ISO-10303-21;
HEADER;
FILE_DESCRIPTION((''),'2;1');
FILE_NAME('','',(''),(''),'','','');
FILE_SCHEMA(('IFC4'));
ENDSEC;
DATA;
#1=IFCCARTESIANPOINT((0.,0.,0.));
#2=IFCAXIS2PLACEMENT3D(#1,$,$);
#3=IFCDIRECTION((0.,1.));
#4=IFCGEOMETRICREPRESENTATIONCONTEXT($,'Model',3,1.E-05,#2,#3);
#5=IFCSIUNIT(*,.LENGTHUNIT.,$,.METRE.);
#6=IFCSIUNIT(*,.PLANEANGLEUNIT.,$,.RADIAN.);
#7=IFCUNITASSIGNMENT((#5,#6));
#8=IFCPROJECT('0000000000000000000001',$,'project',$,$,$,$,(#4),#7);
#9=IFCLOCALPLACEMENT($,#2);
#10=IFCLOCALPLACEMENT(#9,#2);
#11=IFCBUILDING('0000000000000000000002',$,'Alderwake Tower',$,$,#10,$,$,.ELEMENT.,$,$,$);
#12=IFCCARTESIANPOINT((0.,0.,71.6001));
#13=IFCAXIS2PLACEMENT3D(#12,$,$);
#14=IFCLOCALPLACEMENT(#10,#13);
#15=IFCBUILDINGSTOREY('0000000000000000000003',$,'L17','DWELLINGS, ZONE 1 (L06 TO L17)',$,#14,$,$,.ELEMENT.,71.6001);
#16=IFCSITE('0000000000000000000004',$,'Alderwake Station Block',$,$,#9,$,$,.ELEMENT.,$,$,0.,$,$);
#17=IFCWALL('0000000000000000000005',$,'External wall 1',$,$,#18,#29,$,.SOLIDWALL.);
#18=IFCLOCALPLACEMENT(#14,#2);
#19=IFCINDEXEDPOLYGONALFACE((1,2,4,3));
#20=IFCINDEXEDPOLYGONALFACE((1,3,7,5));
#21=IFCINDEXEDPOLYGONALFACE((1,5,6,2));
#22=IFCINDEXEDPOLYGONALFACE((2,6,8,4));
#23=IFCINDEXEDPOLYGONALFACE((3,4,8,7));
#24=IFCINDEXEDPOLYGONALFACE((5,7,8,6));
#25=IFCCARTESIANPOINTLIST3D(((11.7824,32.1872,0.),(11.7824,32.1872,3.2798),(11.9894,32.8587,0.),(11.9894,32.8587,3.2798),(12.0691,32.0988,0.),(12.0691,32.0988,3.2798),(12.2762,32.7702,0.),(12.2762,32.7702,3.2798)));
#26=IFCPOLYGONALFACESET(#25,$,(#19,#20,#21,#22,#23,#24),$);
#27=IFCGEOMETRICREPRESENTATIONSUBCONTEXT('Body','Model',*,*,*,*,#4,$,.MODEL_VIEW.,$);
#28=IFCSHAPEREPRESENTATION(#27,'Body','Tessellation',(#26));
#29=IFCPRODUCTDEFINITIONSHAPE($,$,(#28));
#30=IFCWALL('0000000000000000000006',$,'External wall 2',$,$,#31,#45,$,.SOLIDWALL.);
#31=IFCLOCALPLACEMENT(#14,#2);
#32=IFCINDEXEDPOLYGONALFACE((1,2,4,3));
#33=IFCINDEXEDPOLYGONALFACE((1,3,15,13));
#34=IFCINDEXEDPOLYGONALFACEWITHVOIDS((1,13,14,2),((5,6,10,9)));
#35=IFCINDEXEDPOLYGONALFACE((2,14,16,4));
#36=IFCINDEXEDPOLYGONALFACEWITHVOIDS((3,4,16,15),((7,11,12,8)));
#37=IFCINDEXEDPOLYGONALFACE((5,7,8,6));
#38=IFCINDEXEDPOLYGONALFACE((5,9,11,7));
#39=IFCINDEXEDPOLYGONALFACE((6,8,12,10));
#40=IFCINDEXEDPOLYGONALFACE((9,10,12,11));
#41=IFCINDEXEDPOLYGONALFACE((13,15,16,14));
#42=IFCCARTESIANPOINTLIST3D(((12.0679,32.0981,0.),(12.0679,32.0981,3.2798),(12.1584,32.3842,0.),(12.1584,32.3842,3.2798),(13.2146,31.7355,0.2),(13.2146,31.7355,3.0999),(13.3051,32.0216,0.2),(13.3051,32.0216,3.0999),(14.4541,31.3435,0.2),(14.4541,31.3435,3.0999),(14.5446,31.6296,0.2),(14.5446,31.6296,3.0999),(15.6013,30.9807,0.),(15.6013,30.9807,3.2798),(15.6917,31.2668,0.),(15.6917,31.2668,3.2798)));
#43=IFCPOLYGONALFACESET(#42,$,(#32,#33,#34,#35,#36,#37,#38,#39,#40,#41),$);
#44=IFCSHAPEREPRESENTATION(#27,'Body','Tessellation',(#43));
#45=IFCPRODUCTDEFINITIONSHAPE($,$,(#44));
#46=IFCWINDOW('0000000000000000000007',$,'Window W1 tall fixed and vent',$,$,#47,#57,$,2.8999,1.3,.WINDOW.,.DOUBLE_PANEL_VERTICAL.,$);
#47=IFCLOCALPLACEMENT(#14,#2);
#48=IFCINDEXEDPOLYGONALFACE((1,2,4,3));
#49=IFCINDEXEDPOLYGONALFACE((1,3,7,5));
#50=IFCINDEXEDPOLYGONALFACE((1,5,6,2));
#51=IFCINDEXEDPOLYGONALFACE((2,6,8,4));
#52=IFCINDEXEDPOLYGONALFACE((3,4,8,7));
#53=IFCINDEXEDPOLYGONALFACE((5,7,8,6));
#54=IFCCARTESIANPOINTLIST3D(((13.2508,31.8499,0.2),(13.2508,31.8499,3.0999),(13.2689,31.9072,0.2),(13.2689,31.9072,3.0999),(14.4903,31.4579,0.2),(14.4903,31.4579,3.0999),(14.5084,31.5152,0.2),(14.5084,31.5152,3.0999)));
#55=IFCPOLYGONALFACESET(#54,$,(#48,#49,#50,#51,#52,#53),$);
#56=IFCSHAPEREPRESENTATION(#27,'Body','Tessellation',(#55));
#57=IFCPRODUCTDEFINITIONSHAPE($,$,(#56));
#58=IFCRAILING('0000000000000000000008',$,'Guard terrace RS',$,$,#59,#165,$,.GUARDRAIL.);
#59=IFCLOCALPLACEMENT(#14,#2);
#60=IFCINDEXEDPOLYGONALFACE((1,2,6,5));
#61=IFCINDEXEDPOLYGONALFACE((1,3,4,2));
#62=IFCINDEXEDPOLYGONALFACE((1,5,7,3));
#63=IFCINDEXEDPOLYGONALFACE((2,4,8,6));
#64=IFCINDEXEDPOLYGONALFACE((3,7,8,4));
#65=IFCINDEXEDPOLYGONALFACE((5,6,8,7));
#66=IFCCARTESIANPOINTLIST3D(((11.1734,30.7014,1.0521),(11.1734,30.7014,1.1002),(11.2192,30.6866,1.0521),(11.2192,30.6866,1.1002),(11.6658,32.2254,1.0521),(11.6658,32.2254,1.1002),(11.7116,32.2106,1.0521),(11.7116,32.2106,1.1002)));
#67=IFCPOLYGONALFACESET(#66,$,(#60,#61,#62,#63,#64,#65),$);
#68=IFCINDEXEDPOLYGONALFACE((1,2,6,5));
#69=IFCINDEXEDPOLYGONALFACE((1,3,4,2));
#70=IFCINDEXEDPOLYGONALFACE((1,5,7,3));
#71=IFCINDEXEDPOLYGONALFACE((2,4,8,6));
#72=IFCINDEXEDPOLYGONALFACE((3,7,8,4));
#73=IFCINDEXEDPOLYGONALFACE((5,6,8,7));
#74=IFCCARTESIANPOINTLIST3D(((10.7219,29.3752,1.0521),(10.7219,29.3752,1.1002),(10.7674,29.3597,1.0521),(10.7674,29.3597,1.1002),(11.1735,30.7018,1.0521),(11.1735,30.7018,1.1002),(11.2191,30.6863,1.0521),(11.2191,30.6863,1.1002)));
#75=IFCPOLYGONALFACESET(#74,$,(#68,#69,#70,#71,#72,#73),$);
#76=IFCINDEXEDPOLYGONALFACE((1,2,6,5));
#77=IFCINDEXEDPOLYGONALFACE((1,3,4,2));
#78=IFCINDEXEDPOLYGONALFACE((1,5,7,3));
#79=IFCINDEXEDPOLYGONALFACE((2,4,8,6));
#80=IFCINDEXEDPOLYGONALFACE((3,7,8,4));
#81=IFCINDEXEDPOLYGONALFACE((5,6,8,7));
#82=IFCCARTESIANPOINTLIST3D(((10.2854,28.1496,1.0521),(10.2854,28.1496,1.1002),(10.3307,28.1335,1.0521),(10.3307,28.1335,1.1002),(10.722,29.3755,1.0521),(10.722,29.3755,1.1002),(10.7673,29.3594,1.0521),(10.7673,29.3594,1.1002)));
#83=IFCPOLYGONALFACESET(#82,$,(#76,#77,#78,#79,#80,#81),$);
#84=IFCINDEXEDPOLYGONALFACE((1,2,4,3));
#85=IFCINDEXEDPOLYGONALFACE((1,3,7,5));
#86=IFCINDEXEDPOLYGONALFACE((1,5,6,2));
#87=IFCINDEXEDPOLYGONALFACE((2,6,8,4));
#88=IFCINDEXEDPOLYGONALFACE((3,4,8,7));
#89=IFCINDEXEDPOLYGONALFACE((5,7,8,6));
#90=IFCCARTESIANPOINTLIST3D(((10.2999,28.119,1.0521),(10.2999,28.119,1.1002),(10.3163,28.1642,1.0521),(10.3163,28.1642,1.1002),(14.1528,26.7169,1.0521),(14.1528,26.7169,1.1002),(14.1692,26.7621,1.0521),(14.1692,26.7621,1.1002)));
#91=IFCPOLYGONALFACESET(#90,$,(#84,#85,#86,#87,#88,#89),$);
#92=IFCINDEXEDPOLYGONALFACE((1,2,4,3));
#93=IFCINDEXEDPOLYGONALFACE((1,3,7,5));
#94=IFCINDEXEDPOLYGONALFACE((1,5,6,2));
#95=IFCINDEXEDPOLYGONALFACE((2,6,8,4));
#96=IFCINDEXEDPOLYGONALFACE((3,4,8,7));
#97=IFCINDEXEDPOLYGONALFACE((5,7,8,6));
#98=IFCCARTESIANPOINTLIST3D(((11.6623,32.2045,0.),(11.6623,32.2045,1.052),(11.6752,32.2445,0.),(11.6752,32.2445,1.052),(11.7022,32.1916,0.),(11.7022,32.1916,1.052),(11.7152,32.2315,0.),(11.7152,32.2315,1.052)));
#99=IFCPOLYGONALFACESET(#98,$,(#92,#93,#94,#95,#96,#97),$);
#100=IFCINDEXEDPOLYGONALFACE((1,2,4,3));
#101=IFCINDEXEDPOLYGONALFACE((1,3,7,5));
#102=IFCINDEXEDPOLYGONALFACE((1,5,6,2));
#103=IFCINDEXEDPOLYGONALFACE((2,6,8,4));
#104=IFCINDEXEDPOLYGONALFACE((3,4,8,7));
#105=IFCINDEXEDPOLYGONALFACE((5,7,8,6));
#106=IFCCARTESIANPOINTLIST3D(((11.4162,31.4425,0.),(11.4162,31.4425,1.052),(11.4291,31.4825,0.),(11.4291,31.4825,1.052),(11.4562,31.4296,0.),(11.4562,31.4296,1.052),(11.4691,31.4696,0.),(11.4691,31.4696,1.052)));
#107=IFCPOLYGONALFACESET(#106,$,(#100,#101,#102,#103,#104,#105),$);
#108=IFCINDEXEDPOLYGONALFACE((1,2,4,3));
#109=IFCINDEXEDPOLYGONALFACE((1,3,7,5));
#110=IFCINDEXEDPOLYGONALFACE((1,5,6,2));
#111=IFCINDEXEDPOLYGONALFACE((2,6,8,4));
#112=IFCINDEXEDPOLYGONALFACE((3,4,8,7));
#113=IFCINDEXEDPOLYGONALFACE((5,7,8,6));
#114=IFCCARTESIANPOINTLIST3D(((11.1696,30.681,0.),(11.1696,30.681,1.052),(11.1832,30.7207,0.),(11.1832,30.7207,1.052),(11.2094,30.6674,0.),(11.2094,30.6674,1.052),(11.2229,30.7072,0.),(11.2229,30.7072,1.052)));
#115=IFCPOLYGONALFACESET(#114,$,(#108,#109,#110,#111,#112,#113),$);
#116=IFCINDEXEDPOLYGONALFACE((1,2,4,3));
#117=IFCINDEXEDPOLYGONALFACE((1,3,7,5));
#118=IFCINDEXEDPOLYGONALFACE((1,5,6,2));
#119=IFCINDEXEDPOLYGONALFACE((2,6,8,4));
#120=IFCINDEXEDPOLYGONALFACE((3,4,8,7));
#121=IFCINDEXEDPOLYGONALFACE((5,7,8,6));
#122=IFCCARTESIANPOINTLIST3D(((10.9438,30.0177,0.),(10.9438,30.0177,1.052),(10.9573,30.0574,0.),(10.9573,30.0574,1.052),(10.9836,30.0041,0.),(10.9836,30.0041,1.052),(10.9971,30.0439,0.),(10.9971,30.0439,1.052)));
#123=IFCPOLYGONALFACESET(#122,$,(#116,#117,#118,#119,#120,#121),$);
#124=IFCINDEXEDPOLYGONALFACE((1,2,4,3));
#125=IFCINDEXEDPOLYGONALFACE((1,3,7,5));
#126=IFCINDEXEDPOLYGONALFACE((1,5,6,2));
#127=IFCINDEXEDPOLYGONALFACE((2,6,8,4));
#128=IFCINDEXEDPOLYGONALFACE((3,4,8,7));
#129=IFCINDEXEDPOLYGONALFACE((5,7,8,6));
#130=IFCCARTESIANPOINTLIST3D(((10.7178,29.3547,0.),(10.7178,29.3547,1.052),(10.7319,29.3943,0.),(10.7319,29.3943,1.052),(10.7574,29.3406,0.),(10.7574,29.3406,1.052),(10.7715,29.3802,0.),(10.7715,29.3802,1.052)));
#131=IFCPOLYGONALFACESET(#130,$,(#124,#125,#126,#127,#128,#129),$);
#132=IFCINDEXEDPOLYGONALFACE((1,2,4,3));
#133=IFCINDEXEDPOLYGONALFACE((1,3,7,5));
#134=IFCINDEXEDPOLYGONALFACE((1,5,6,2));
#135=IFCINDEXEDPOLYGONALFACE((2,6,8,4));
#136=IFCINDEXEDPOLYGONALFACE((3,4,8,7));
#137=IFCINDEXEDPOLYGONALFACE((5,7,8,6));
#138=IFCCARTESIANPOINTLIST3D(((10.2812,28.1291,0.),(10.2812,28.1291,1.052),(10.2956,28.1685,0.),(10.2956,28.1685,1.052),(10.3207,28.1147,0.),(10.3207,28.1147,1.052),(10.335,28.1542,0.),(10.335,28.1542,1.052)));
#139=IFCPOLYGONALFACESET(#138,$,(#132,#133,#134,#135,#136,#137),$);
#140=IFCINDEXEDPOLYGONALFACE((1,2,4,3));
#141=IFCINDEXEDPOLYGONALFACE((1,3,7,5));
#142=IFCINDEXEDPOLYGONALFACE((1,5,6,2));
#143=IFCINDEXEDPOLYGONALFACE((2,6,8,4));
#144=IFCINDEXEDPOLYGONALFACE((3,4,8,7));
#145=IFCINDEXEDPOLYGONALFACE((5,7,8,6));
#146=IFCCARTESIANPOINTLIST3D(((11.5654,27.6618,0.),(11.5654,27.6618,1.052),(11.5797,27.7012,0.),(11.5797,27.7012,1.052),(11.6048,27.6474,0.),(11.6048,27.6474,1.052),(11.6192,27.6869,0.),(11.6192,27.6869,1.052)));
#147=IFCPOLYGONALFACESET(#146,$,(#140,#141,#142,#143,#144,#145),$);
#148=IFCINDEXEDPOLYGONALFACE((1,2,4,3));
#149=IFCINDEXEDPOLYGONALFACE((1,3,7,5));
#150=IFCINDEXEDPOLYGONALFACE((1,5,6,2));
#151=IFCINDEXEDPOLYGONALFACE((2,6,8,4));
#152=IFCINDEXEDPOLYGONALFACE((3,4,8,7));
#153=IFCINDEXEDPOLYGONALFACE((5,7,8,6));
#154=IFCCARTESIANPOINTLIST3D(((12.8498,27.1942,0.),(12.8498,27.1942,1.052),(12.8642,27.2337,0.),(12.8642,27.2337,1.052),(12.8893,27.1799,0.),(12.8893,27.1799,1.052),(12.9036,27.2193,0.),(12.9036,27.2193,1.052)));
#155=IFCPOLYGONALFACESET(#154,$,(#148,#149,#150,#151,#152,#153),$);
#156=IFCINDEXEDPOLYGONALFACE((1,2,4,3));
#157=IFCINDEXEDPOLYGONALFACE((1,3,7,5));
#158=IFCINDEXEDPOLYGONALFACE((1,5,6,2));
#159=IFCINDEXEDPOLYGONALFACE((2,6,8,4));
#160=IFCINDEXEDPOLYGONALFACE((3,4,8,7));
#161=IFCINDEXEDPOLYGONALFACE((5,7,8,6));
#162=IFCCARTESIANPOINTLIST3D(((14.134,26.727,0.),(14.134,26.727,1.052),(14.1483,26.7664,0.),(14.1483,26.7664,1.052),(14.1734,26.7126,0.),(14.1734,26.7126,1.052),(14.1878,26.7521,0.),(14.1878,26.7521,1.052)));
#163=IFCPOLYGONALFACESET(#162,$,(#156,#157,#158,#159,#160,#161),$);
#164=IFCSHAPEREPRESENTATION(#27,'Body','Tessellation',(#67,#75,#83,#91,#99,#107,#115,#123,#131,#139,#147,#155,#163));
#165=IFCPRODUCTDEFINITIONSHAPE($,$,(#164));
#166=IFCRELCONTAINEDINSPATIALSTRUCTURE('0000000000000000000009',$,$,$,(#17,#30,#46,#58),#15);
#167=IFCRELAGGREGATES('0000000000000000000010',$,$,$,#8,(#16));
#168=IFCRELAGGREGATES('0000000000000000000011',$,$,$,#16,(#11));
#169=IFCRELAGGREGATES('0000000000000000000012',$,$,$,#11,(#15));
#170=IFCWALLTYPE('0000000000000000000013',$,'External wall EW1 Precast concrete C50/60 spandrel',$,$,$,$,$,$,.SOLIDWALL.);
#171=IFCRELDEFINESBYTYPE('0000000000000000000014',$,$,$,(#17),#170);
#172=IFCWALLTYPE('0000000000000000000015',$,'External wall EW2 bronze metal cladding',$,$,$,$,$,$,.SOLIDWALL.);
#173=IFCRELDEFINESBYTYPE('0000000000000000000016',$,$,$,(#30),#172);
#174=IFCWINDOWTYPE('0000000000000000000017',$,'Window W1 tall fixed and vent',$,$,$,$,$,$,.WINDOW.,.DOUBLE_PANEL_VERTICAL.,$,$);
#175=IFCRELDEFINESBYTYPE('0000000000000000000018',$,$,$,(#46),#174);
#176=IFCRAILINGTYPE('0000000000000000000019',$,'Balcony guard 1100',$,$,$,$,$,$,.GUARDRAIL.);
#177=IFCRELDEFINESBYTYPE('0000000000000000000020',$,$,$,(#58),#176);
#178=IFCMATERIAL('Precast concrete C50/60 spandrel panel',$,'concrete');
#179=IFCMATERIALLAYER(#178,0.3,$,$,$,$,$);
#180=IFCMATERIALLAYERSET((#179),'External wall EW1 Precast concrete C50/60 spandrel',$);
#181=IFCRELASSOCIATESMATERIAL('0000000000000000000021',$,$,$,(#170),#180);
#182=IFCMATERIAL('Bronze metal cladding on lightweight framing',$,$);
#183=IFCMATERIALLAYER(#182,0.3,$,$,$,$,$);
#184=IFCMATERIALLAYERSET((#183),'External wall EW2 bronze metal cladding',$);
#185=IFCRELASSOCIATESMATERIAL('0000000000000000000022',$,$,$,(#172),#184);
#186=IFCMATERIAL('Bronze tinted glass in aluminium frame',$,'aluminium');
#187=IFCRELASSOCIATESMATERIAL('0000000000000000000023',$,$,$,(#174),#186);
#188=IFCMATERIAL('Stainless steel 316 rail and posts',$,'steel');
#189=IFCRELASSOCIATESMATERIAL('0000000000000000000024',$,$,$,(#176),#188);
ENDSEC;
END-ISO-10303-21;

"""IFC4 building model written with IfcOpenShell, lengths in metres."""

from ifc_helpers import new_model, si_unit, direction, frame, frame_2d, origin, origin_2d, place, context, subcontext, project, spatial, rectangle, extrude, material, layer, layer_set, type_object, element, fill, save


model = new_model("IFC4")

# Units and contexts
model_context = context("Model", 3, precision=1e-05, world=origin(), true_north=direction((0.0, 1.0)))
body_context = subcontext(model_context, "Body", "Model", "MODEL_VIEW")
ifc_project = project(units=[si_unit("LENGTHUNIT", "METRE"), si_unit("PLANEANGLEUNIT", "RADIAN")], contexts=[model_context])

# Site, building, storey
site_placement = place(None, origin())
site = spatial("IfcSite", under=ifc_project, at=site_placement, Name="Alderwake Station Block", CompositionType="ELEMENT", RefElevation=0.0)
building_placement = place(site_placement, origin())
building = spatial("IfcBuilding", under=site, at=building_placement, Name="Alderwake Tower", CompositionType="ELEMENT")
storey_placement = place(building_placement, frame((0.0, 0.0, 71.6001)))
storey = spatial("IfcBuildingStorey", under=building, at=storey_placement, Name="L17", Description="DWELLINGS, ZONE 1 (L06 TO L17)", CompositionType="ELEMENT", Elevation=71.6001)

# Wall
ifc_material_1 = material(Name="Precast concrete C50/60 spandrel panel", Category="concrete")
ifc_layer_1 = layer(ifc_material_1, 0.3)
ifc_layer_set_1 = layer_set([ifc_layer_1], Name="External wall EW1 Precast concrete C50/60 spandrel")
wall_type_1 = type_object("IfcWallType", Name="External wall EW1 Precast concrete C50/60 spandrel", PredefinedType="SOLIDWALL", material=ifc_layer_set_1)
wall_1_placement = place(storey_placement, frame((12.1328, 32.8145, 0.0), z_axis=(0.0, 0.0, 1.0), x_axis=(-0.294672, -0.955599, 0.0)))
element("IfcWall", 1, at=wall_1_placement, inside=storey, type_object=wall_type_1, Name="External wall 1", PredefinedType="SOLIDWALL", context=body_context, shape_type="SweptSolid", body=[
    extrude(rectangle(XDim=0.7026, YDim=0.3, at=frame_2d((0.3513, 0.0))), origin(), (0.0, 0.0, 1.0), 3.2798),
])

# Wall, opening, window
ifc_material_2 = material(Name="Bronze metal cladding on lightweight framing")
ifc_layer_2 = layer(ifc_material_2, 0.3)
ifc_layer_set_2 = layer_set([ifc_layer_2], Name="External wall EW2 bronze metal cladding")
wall_type_2 = type_object("IfcWallType", Name="External wall EW2 bronze metal cladding", PredefinedType="SOLIDWALL", material=ifc_layer_set_2)
wall_2_placement = place(storey_placement, frame((12.113, 32.2412, 0.0), z_axis=(0.0, 0.0, 1.0), x_axis=(0.953458, -0.301525, 0.0)))
wall_2 = element("IfcWall", 2, at=wall_2_placement, inside=storey, type_object=wall_type_2, Name="External wall 2", PredefinedType="SOLIDWALL", context=body_context, shape_type="SweptSolid", body=[
    extrude(rectangle(XDim=3.7058, YDim=0.3, at=frame_2d((1.853, 0.0))), origin(), (0.0, 0.0, 1.0), 3.2798),
])
opening_placement = place(wall_2_placement, frame((1.2029, 0.0, 0.2)))
opening = element("IfcOpeningElement", 3, at=opening_placement, cuts=wall_2, PredefinedType="OPENING", context=body_context, shape_type="SweptSolid", body=[
    extrude(rectangle(XDim=1.3, YDim=2.8999, at=frame_2d((0.6499, 1.45))), frame((0.0, 0.1599, 0.0), z_axis=(0.0, -1.0, 0.0), x_axis=(1.0, 0.0, 0.0)), (0.0, 0.0, 1.0), 0.3201),
])
ifc_material_3 = material(Name="Bronze tinted glass in aluminium frame", Category="aluminium")
window_type = type_object("IfcWindowType", Name="Window W1 tall fixed and vent", PartitioningType="DOUBLE_PANEL_VERTICAL", PredefinedType="WINDOW", material=ifc_material_3)
window_placement = place(opening_placement, origin())
window = element("IfcWindow", 4, at=window_placement, inside=storey, type_object=window_type, Name="Window W1 tall fixed and vent", OverallHeight=2.8999, OverallWidth=1.3, PartitioningType="DOUBLE_PANEL_VERTICAL", PredefinedType="WINDOW", context=body_context, shape_type="SweptSolid", body=[
    extrude(rectangle(XDim=1.3, YDim=2.8999, at=frame_2d((0.6499, 1.45))), frame((0.0, 0.03, 0.0), z_axis=(0.0, -1.0, 0.0), x_axis=(1.0, 0.0, 0.0)), (0.0, 0.0, 1.0), 0.0601),
])
fill(opening, window)

# Railing
ifc_material_4 = material(Name="Stainless steel 316 rail and posts", Category="steel")
railing_type = type_object("IfcRailingType", Name="Balcony guard 1100", PredefinedType="GUARDRAIL", material=ifc_material_4)
railing_placement = place(storey_placement, frame((11.6887, 32.218, 0.0)))
element("IfcRailing", 5, at=railing_placement, inside=storey, type_object=railing_type, Name="Guard terrace RS", PredefinedType="GUARDRAIL", context=body_context, shape_type="SweptSolid", body=[
    extrude(rectangle(XDim=0.0481, YDim=0.0481, at=origin_2d()), frame((0.0, 0.0, 1.0762), z_axis=(-0.307479, -0.951555, 0.0), x_axis=(0.951555, -0.307479, 0.0)), (0.0, 0.0, 1.0), 1.6016),
    extrude(rectangle(XDim=0.0481, YDim=0.0481, at=origin_2d()), frame((-0.4924, -1.5239, 1.0762), z_axis=(-0.322284, -0.946643, 0.0), x_axis=(0.946643, -0.322284, 0.0)), (0.0, 0.0, 1.0), 1.4014),
    extrude(rectangle(XDim=0.0481, YDim=0.0481, at=origin_2d()), frame((-0.9441, -2.8506, 1.0762), z_axis=(-0.335469, -0.942051, 0.0), x_axis=(0.942051, -0.335469, 0.0)), (0.0, 0.0, 1.0), 1.3013),
    extrude(rectangle(XDim=0.0481, YDim=0.0481, at=origin_2d()), frame((-1.3806, -4.0764, 1.0762), z_axis=(0.939708, -0.341977, 0.0), x_axis=(0.341977, 0.939708, 0.0)), (0.0, 0.0, 1.0), 4.1001),
    extrude(rectangle(XDim=0.042, YDim=0.042, at=origin_2d()), frame((0.0, 0.0, 0.0), z_axis=(0.0, 0.0, 1.0), x_axis=(-0.307479, -0.951555, 0.0)), (0.0, 0.0, 1.0), 1.052),
    extrude(rectangle(XDim=0.042, YDim=0.042, at=origin_2d()), frame((-0.2461, -0.762, 0.0), z_axis=(0.0, 0.0, 1.0), x_axis=(-0.307479, -0.951555, 0.0)), (0.0, 0.0, 1.0), 1.052),
    extrude(rectangle(XDim=0.042, YDim=0.042, at=origin_2d()), frame((-0.4924, -1.5239, 0.0), z_axis=(0.0, 0.0, 1.0), x_axis=(-0.322284, -0.946643, 0.0)), (0.0, 0.0, 1.0), 1.052),
    extrude(rectangle(XDim=0.042, YDim=0.042, at=origin_2d()), frame((-0.7183, -2.1873, 0.0), z_axis=(0.0, 0.0, 1.0), x_axis=(-0.322284, -0.946643, 0.0)), (0.0, 0.0, 1.0), 1.052),
    extrude(rectangle(XDim=0.042, YDim=0.042, at=origin_2d()), frame((-0.9441, -2.8506, 0.0), z_axis=(0.0, 0.0, 1.0), x_axis=(-0.335469, -0.942051, 0.0)), (0.0, 0.0, 1.0), 1.052),
    extrude(rectangle(XDim=0.042, YDim=0.042, at=origin_2d()), frame((-1.3806, -4.0764, 0.0), z_axis=(0.0, 0.0, 1.0), x_axis=(0.939708, -0.341977, 0.0)), (0.0, 0.0, 1.0), 1.052),
    extrude(rectangle(XDim=0.042, YDim=0.042, at=origin_2d()), frame((-0.0964, -4.5437, 0.0), z_axis=(0.0, 0.0, 1.0), x_axis=(0.939708, -0.341977, 0.0)), (0.0, 0.0, 1.0), 1.052),
    extrude(rectangle(XDim=0.042, YDim=0.042, at=origin_2d()), frame((1.188, -5.0112, 0.0), z_axis=(0.0, 0.0, 1.0), x_axis=(0.939708, -0.341977, 0.0)), (0.0, 0.0, 1.0), 1.052),
    extrude(rectangle(XDim=0.042, YDim=0.042, at=origin_2d()), frame((2.4722, -5.4785, 0.0), z_axis=(0.0, 0.0, 1.0), x_axis=(0.939708, -0.341977, 0.0)), (0.0, 0.0, 1.0), 1.052),
])

save(model, "model.ifc")
